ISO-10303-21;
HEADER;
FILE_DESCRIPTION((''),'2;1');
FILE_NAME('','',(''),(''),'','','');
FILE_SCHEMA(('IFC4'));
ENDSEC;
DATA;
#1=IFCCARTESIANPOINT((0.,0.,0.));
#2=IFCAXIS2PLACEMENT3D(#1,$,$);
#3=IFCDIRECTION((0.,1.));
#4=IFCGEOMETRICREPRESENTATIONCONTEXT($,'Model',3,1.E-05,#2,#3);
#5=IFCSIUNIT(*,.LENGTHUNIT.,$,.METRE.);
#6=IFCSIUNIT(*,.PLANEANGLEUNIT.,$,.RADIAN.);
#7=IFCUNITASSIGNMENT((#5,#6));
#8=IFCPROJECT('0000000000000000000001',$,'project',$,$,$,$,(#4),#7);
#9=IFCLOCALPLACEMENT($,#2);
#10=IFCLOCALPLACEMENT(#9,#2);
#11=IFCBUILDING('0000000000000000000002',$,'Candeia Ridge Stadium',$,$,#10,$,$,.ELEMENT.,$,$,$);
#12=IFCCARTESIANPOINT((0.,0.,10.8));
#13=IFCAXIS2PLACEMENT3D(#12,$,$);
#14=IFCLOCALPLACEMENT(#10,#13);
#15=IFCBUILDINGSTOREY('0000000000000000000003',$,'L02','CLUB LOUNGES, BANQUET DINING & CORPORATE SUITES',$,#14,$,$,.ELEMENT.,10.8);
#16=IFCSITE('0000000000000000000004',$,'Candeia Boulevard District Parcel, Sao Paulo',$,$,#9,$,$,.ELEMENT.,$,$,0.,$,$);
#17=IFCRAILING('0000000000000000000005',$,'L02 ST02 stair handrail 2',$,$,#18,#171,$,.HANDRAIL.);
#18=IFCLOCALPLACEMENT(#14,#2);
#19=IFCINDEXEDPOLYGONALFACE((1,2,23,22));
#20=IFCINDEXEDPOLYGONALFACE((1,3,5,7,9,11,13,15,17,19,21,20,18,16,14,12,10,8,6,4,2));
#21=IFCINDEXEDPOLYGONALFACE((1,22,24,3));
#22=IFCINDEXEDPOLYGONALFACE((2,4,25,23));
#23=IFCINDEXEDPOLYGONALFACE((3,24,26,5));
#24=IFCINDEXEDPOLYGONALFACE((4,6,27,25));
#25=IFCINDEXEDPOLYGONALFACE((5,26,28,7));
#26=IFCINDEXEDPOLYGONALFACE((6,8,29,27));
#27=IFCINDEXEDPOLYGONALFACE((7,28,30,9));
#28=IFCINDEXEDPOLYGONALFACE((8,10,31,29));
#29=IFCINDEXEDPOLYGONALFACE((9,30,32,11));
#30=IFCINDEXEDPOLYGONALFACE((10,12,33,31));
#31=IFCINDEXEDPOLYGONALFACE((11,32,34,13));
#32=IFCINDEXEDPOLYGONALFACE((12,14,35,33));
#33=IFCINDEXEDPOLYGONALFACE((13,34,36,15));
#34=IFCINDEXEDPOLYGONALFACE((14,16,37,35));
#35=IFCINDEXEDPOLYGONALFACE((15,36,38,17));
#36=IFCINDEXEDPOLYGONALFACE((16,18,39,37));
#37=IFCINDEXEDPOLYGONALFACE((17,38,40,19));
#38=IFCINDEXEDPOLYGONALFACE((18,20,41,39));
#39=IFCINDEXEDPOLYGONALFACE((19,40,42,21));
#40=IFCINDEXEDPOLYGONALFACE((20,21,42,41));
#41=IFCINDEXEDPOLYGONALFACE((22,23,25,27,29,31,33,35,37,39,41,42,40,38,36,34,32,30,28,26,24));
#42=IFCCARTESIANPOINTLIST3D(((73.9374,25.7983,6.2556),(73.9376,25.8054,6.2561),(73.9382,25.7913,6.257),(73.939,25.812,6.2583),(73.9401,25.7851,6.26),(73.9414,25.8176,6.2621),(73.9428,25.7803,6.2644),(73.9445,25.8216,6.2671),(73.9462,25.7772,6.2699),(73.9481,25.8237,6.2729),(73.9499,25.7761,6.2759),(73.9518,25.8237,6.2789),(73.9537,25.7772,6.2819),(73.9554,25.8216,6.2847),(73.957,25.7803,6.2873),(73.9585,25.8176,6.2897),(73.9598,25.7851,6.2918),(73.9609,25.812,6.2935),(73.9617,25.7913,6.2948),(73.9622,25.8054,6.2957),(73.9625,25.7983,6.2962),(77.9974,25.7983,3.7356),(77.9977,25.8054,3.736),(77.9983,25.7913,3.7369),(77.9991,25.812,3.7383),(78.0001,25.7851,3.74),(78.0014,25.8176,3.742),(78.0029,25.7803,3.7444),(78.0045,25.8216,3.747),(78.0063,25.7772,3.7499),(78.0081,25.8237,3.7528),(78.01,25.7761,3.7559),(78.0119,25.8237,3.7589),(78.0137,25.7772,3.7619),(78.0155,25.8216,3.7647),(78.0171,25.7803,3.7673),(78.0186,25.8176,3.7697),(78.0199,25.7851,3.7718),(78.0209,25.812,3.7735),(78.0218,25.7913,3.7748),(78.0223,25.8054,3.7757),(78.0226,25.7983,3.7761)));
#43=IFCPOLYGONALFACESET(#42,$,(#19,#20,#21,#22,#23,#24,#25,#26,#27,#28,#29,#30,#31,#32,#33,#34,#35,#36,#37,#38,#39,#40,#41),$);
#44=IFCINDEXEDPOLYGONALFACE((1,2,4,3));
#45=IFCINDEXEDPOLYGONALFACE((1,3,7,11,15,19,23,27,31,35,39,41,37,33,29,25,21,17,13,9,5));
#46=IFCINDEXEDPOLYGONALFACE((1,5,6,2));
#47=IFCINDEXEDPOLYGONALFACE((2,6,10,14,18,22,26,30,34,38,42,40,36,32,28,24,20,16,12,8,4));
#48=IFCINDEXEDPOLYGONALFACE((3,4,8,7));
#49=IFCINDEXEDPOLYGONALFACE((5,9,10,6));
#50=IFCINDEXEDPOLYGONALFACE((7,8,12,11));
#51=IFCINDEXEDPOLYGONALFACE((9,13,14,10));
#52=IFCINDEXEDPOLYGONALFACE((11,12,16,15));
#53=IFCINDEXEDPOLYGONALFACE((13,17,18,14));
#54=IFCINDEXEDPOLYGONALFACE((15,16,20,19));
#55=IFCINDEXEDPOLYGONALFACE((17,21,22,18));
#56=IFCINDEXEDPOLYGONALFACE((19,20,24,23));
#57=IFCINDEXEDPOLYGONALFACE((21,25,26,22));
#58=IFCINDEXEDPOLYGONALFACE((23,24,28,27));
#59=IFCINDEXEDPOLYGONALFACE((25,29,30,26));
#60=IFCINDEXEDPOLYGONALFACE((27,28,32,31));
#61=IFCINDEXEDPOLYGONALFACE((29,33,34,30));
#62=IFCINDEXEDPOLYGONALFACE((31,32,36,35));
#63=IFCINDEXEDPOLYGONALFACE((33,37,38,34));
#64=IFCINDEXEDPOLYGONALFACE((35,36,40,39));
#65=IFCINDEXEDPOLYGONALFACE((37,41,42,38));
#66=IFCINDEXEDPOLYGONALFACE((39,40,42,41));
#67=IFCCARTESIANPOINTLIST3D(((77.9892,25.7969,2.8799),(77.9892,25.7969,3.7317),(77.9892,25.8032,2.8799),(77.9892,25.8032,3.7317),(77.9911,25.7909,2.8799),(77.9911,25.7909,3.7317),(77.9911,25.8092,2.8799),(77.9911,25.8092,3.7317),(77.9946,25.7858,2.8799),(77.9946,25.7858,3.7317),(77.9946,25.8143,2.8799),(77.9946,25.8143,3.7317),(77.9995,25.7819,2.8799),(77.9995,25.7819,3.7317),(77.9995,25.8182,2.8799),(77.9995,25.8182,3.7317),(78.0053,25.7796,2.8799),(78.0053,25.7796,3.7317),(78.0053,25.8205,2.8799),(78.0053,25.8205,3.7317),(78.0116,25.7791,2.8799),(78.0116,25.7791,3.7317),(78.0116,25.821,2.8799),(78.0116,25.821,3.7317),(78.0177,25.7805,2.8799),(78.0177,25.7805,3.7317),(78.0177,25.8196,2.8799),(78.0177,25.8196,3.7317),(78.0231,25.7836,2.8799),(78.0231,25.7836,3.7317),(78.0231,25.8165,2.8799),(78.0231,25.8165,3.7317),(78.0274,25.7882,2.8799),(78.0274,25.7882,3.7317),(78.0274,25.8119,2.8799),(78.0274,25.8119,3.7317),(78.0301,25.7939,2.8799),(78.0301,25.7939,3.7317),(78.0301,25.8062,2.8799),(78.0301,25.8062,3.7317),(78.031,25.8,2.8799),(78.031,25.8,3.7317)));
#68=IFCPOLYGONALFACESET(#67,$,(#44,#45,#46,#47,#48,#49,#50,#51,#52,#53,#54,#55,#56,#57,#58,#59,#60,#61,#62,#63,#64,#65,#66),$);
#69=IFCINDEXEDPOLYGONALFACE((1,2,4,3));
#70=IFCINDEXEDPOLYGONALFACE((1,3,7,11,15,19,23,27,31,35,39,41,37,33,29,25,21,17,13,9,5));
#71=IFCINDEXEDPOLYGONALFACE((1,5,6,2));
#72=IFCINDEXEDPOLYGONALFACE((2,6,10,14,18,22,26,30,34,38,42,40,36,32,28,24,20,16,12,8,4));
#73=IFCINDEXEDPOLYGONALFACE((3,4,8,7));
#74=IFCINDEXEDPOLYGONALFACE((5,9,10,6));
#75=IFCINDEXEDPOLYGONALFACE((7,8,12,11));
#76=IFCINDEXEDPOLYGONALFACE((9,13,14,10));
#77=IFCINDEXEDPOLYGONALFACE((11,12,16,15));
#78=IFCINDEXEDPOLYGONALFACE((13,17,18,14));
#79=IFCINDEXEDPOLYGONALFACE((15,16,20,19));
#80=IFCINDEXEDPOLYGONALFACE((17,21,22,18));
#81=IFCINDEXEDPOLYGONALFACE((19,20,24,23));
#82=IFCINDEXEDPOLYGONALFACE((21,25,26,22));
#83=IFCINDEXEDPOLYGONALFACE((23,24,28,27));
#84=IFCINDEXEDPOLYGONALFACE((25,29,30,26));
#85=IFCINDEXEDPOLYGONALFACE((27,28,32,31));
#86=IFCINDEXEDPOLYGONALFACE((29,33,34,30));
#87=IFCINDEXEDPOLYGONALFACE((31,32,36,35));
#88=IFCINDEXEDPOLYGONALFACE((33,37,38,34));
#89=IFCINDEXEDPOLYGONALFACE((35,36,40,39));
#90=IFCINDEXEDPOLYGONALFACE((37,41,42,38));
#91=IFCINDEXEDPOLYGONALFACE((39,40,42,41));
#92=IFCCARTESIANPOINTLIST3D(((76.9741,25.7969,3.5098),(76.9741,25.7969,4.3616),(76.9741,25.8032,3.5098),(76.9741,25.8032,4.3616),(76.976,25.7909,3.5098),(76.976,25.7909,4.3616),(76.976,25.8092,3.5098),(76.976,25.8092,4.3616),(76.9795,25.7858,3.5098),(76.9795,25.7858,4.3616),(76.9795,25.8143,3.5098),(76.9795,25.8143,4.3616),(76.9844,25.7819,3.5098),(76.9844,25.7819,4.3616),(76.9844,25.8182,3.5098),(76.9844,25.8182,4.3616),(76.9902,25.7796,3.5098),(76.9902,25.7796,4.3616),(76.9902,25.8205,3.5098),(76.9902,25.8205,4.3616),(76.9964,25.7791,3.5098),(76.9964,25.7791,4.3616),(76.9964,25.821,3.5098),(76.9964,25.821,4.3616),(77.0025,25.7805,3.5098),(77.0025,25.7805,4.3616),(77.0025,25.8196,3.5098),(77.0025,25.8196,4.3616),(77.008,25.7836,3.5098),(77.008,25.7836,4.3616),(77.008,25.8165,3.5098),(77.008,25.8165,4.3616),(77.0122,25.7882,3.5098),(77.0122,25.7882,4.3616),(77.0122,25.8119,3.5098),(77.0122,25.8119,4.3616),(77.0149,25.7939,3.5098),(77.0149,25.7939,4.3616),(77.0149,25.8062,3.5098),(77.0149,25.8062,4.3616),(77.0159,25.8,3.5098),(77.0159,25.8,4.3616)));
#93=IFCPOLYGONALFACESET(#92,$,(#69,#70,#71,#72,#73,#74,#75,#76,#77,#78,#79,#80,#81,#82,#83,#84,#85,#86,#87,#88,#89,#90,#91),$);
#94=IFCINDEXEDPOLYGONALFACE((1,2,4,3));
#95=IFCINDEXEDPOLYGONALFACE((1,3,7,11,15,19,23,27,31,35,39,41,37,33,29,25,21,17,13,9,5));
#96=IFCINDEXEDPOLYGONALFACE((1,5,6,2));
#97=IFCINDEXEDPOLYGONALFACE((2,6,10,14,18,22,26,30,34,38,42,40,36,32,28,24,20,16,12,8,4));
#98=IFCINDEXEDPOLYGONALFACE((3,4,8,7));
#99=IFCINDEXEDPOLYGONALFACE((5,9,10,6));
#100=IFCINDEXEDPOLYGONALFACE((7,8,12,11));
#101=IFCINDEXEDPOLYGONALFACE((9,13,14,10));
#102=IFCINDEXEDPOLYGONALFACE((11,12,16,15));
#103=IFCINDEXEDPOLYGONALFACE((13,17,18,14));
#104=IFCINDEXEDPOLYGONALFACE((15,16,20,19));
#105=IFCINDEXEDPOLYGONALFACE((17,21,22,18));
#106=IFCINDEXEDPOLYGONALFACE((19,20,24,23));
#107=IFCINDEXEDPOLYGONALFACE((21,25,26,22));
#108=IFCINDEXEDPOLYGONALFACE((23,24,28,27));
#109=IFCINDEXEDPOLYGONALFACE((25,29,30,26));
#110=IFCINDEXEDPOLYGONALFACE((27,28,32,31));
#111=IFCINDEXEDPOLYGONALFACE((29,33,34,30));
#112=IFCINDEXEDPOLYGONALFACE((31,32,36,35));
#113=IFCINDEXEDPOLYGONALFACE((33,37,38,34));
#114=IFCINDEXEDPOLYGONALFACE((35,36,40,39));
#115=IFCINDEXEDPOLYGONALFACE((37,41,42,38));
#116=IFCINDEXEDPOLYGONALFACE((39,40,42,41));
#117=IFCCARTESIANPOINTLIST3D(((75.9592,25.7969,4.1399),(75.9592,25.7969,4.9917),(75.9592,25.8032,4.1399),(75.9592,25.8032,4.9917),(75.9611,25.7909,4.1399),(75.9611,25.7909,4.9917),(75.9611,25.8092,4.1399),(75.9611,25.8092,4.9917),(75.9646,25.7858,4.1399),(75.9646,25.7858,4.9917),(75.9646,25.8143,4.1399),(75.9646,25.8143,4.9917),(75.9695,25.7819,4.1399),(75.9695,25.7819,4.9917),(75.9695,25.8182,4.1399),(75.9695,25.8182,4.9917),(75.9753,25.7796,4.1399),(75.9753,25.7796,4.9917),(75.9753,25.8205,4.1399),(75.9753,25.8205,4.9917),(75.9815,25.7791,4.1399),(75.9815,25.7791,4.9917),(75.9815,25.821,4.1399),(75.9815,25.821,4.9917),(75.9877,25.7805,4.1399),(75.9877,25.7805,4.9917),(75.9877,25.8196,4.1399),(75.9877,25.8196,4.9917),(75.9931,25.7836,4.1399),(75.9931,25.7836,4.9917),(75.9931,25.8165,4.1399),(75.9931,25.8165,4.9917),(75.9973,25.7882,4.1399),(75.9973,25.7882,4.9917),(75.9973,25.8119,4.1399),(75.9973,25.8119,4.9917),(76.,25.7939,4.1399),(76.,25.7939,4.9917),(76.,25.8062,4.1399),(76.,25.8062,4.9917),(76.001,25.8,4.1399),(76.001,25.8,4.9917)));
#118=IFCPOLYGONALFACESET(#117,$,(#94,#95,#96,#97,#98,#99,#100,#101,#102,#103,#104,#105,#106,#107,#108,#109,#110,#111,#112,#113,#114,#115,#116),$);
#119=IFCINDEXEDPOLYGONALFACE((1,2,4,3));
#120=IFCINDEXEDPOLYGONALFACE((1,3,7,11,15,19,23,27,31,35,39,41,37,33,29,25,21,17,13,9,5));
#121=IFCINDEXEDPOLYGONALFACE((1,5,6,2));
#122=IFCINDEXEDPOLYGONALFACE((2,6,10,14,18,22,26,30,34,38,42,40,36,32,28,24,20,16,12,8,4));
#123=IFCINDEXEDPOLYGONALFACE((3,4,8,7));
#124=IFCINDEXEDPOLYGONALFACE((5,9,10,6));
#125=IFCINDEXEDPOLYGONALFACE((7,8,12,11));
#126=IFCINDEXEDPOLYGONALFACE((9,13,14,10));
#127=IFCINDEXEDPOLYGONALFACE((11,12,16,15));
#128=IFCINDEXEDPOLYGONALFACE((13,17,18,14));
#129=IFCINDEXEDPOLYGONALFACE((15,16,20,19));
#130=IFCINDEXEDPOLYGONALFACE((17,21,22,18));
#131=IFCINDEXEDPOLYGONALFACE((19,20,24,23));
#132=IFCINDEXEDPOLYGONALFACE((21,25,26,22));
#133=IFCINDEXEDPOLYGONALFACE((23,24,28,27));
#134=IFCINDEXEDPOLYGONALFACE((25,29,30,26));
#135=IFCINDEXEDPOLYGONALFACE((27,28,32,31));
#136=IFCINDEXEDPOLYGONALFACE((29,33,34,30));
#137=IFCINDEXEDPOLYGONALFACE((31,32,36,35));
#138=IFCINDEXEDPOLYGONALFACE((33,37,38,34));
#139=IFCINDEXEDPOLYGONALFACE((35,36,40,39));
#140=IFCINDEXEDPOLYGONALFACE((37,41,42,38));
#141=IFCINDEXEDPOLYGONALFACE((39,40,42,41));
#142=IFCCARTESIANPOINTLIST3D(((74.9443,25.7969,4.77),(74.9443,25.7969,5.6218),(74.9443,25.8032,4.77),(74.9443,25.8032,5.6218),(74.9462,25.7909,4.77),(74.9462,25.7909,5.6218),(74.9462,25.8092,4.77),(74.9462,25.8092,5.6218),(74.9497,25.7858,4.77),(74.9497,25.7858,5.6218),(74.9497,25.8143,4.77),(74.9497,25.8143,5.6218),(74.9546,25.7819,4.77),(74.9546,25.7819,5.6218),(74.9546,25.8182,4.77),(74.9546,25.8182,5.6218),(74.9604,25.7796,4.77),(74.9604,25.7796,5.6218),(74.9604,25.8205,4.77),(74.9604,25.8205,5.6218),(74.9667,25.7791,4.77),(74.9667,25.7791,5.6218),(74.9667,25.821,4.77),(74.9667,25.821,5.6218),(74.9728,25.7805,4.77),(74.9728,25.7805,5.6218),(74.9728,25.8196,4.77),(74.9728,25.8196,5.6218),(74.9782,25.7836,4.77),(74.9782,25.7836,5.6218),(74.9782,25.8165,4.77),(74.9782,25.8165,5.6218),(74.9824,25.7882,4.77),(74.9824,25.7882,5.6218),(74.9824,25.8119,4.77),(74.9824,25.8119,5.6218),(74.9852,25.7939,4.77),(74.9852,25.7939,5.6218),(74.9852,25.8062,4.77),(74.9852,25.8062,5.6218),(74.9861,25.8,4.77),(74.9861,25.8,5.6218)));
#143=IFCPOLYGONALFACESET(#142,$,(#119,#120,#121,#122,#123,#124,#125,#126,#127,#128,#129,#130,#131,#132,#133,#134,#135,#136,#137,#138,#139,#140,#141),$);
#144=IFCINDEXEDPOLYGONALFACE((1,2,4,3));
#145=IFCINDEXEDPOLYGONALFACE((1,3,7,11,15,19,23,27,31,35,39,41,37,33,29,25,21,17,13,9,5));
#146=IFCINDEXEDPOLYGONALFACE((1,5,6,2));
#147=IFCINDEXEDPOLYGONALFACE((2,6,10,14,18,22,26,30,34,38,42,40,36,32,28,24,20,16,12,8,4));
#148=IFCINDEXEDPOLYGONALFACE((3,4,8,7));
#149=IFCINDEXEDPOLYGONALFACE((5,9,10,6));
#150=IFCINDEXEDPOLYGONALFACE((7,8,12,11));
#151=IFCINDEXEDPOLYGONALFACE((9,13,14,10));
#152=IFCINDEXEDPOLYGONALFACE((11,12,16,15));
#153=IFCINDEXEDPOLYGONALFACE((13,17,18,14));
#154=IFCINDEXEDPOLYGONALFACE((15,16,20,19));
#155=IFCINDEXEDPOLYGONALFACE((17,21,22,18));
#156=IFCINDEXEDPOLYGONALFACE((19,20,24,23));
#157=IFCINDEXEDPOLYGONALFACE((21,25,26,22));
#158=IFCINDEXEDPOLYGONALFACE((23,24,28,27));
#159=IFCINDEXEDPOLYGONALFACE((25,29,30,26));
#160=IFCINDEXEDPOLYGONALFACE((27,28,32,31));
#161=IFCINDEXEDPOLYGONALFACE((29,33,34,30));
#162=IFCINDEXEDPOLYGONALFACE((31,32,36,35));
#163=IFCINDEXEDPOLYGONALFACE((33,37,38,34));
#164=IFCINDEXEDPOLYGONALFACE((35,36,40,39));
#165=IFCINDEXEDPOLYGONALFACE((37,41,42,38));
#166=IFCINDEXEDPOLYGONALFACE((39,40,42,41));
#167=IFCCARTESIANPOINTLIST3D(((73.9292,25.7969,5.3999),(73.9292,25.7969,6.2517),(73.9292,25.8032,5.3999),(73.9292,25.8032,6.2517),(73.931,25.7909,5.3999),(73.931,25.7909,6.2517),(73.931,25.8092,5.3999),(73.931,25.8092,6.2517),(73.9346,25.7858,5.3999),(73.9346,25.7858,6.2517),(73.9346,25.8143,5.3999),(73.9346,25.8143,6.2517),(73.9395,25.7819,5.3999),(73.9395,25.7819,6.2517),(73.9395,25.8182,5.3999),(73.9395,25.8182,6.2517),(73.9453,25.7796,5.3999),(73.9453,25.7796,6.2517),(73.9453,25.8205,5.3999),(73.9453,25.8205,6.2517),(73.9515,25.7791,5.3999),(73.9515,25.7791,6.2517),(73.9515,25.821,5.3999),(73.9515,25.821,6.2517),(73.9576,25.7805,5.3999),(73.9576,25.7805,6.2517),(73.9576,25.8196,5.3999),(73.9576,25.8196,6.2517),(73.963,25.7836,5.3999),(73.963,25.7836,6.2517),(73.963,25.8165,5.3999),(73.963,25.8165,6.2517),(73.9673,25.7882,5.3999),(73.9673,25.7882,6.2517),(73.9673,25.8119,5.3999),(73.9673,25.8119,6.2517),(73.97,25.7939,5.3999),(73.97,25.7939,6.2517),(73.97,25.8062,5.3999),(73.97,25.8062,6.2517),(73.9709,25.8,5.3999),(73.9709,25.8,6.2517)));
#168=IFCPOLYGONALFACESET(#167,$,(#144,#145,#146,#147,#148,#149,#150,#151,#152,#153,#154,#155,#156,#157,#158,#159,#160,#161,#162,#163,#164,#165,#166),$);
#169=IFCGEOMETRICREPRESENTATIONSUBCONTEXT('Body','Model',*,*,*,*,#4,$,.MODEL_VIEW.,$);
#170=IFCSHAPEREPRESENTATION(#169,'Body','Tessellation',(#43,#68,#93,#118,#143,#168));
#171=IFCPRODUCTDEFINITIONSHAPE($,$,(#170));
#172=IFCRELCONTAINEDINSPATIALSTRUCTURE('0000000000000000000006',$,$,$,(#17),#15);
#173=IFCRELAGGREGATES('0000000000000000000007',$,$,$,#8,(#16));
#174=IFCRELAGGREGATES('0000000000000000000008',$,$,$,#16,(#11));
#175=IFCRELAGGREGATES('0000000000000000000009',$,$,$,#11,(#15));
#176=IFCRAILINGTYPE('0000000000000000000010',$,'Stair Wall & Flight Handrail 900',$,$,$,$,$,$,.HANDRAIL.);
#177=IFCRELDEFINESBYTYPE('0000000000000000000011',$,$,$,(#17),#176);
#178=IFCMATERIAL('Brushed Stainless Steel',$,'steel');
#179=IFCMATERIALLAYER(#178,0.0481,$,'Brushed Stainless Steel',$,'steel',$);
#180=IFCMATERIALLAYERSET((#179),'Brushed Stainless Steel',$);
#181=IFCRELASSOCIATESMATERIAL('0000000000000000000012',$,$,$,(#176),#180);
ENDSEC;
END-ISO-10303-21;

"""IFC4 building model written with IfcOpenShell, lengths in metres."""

from ifc_helpers import new_model, si_unit, direction, frame, origin, origin_2d, place, context, subcontext, project, spatial, circle, extrude, material, layer, layer_set, type_object, element, save


model = new_model("IFC4")

# Units and contexts
model_context = context("Model", 3, precision=1e-05, world=origin(), true_north=direction((0.0, 1.0)))
body_context = subcontext(model_context, "Body", "Model", "MODEL_VIEW")
ifc_project = project(units=[si_unit("LENGTHUNIT", "METRE"), si_unit("PLANEANGLEUNIT", "RADIAN")], contexts=[model_context])

# Site, building, storey
site_placement = place(None, origin())
site = spatial("IfcSite", under=ifc_project, at=site_placement, Name="Candeia Boulevard District Parcel, Sao Paulo", CompositionType="ELEMENT", RefElevation=0.0)
building_placement = place(site_placement, origin())
building = spatial("IfcBuilding", under=site, at=building_placement, Name="Candeia Ridge Stadium", CompositionType="ELEMENT")
storey_placement = place(building_placement, frame((0.0, 0.0, 10.8)))
storey = spatial("IfcBuildingStorey", under=building, at=storey_placement, Name="L02", Description="CLUB LOUNGES, BANQUET DINING & CORPORATE SUITES", CompositionType="ELEMENT", Elevation=10.8)

# Railing
ifc_material_1 = material(Name="Brushed Stainless Steel", Category="steel")
ifc_layer_1 = layer(ifc_material_1, 0.0481, Name="Brushed Stainless Steel", Category="steel")
ifc_layer_set_1 = layer_set([ifc_layer_1], Name="Brushed Stainless Steel")
railing_type_1 = type_object("IfcRailingType", Name="Stair Wall & Flight Handrail 900", PredefinedType="HANDRAIL", material=ifc_layer_set_1)
railing_1_placement = place(storey_placement, frame((78.01, 25.8, 2.8799)))
element("IfcRailing", 1, at=railing_1_placement, inside=storey, type_object=railing_type_1, Name="L02 ST02 stair handrail 2", PredefinedType="HANDRAIL", context=body_context, shape_type="SweptSolid", body=[
    extrude(circle(Radius=0.0239, at=origin_2d()), frame((0.0, 0.0, 0.876), z_axis=(-0.849642, 0.0, 0.52736), x_axis=(0.0, -1.0, 0.0)), (0.0, 0.0, 1.0), 4.7786),
    extrude(circle(Radius=0.021, at=origin_2d()), origin(), (0.0, 0.0, 1.0), 0.8518),
    extrude(circle(Radius=0.021, at=origin_2d()), frame((-1.0151, 0.0, 0.6299)), (0.0, 0.0, 1.0), 0.8518),
    extrude(circle(Radius=0.021, at=origin_2d()), frame((-2.03, 0.0, 1.26)), (0.0, 0.0, 1.0), 0.8518),
    extrude(circle(Radius=0.021, at=origin_2d()), frame((-3.0449, 0.0, 1.8901)), (0.0, 0.0, 1.0), 0.8518),
    extrude(circle(Radius=0.021, at=origin_2d()), frame((-4.0601, 0.0, 2.52)), (0.0, 0.0, 1.0), 0.8518),
])

save(model, "model.ifc")
